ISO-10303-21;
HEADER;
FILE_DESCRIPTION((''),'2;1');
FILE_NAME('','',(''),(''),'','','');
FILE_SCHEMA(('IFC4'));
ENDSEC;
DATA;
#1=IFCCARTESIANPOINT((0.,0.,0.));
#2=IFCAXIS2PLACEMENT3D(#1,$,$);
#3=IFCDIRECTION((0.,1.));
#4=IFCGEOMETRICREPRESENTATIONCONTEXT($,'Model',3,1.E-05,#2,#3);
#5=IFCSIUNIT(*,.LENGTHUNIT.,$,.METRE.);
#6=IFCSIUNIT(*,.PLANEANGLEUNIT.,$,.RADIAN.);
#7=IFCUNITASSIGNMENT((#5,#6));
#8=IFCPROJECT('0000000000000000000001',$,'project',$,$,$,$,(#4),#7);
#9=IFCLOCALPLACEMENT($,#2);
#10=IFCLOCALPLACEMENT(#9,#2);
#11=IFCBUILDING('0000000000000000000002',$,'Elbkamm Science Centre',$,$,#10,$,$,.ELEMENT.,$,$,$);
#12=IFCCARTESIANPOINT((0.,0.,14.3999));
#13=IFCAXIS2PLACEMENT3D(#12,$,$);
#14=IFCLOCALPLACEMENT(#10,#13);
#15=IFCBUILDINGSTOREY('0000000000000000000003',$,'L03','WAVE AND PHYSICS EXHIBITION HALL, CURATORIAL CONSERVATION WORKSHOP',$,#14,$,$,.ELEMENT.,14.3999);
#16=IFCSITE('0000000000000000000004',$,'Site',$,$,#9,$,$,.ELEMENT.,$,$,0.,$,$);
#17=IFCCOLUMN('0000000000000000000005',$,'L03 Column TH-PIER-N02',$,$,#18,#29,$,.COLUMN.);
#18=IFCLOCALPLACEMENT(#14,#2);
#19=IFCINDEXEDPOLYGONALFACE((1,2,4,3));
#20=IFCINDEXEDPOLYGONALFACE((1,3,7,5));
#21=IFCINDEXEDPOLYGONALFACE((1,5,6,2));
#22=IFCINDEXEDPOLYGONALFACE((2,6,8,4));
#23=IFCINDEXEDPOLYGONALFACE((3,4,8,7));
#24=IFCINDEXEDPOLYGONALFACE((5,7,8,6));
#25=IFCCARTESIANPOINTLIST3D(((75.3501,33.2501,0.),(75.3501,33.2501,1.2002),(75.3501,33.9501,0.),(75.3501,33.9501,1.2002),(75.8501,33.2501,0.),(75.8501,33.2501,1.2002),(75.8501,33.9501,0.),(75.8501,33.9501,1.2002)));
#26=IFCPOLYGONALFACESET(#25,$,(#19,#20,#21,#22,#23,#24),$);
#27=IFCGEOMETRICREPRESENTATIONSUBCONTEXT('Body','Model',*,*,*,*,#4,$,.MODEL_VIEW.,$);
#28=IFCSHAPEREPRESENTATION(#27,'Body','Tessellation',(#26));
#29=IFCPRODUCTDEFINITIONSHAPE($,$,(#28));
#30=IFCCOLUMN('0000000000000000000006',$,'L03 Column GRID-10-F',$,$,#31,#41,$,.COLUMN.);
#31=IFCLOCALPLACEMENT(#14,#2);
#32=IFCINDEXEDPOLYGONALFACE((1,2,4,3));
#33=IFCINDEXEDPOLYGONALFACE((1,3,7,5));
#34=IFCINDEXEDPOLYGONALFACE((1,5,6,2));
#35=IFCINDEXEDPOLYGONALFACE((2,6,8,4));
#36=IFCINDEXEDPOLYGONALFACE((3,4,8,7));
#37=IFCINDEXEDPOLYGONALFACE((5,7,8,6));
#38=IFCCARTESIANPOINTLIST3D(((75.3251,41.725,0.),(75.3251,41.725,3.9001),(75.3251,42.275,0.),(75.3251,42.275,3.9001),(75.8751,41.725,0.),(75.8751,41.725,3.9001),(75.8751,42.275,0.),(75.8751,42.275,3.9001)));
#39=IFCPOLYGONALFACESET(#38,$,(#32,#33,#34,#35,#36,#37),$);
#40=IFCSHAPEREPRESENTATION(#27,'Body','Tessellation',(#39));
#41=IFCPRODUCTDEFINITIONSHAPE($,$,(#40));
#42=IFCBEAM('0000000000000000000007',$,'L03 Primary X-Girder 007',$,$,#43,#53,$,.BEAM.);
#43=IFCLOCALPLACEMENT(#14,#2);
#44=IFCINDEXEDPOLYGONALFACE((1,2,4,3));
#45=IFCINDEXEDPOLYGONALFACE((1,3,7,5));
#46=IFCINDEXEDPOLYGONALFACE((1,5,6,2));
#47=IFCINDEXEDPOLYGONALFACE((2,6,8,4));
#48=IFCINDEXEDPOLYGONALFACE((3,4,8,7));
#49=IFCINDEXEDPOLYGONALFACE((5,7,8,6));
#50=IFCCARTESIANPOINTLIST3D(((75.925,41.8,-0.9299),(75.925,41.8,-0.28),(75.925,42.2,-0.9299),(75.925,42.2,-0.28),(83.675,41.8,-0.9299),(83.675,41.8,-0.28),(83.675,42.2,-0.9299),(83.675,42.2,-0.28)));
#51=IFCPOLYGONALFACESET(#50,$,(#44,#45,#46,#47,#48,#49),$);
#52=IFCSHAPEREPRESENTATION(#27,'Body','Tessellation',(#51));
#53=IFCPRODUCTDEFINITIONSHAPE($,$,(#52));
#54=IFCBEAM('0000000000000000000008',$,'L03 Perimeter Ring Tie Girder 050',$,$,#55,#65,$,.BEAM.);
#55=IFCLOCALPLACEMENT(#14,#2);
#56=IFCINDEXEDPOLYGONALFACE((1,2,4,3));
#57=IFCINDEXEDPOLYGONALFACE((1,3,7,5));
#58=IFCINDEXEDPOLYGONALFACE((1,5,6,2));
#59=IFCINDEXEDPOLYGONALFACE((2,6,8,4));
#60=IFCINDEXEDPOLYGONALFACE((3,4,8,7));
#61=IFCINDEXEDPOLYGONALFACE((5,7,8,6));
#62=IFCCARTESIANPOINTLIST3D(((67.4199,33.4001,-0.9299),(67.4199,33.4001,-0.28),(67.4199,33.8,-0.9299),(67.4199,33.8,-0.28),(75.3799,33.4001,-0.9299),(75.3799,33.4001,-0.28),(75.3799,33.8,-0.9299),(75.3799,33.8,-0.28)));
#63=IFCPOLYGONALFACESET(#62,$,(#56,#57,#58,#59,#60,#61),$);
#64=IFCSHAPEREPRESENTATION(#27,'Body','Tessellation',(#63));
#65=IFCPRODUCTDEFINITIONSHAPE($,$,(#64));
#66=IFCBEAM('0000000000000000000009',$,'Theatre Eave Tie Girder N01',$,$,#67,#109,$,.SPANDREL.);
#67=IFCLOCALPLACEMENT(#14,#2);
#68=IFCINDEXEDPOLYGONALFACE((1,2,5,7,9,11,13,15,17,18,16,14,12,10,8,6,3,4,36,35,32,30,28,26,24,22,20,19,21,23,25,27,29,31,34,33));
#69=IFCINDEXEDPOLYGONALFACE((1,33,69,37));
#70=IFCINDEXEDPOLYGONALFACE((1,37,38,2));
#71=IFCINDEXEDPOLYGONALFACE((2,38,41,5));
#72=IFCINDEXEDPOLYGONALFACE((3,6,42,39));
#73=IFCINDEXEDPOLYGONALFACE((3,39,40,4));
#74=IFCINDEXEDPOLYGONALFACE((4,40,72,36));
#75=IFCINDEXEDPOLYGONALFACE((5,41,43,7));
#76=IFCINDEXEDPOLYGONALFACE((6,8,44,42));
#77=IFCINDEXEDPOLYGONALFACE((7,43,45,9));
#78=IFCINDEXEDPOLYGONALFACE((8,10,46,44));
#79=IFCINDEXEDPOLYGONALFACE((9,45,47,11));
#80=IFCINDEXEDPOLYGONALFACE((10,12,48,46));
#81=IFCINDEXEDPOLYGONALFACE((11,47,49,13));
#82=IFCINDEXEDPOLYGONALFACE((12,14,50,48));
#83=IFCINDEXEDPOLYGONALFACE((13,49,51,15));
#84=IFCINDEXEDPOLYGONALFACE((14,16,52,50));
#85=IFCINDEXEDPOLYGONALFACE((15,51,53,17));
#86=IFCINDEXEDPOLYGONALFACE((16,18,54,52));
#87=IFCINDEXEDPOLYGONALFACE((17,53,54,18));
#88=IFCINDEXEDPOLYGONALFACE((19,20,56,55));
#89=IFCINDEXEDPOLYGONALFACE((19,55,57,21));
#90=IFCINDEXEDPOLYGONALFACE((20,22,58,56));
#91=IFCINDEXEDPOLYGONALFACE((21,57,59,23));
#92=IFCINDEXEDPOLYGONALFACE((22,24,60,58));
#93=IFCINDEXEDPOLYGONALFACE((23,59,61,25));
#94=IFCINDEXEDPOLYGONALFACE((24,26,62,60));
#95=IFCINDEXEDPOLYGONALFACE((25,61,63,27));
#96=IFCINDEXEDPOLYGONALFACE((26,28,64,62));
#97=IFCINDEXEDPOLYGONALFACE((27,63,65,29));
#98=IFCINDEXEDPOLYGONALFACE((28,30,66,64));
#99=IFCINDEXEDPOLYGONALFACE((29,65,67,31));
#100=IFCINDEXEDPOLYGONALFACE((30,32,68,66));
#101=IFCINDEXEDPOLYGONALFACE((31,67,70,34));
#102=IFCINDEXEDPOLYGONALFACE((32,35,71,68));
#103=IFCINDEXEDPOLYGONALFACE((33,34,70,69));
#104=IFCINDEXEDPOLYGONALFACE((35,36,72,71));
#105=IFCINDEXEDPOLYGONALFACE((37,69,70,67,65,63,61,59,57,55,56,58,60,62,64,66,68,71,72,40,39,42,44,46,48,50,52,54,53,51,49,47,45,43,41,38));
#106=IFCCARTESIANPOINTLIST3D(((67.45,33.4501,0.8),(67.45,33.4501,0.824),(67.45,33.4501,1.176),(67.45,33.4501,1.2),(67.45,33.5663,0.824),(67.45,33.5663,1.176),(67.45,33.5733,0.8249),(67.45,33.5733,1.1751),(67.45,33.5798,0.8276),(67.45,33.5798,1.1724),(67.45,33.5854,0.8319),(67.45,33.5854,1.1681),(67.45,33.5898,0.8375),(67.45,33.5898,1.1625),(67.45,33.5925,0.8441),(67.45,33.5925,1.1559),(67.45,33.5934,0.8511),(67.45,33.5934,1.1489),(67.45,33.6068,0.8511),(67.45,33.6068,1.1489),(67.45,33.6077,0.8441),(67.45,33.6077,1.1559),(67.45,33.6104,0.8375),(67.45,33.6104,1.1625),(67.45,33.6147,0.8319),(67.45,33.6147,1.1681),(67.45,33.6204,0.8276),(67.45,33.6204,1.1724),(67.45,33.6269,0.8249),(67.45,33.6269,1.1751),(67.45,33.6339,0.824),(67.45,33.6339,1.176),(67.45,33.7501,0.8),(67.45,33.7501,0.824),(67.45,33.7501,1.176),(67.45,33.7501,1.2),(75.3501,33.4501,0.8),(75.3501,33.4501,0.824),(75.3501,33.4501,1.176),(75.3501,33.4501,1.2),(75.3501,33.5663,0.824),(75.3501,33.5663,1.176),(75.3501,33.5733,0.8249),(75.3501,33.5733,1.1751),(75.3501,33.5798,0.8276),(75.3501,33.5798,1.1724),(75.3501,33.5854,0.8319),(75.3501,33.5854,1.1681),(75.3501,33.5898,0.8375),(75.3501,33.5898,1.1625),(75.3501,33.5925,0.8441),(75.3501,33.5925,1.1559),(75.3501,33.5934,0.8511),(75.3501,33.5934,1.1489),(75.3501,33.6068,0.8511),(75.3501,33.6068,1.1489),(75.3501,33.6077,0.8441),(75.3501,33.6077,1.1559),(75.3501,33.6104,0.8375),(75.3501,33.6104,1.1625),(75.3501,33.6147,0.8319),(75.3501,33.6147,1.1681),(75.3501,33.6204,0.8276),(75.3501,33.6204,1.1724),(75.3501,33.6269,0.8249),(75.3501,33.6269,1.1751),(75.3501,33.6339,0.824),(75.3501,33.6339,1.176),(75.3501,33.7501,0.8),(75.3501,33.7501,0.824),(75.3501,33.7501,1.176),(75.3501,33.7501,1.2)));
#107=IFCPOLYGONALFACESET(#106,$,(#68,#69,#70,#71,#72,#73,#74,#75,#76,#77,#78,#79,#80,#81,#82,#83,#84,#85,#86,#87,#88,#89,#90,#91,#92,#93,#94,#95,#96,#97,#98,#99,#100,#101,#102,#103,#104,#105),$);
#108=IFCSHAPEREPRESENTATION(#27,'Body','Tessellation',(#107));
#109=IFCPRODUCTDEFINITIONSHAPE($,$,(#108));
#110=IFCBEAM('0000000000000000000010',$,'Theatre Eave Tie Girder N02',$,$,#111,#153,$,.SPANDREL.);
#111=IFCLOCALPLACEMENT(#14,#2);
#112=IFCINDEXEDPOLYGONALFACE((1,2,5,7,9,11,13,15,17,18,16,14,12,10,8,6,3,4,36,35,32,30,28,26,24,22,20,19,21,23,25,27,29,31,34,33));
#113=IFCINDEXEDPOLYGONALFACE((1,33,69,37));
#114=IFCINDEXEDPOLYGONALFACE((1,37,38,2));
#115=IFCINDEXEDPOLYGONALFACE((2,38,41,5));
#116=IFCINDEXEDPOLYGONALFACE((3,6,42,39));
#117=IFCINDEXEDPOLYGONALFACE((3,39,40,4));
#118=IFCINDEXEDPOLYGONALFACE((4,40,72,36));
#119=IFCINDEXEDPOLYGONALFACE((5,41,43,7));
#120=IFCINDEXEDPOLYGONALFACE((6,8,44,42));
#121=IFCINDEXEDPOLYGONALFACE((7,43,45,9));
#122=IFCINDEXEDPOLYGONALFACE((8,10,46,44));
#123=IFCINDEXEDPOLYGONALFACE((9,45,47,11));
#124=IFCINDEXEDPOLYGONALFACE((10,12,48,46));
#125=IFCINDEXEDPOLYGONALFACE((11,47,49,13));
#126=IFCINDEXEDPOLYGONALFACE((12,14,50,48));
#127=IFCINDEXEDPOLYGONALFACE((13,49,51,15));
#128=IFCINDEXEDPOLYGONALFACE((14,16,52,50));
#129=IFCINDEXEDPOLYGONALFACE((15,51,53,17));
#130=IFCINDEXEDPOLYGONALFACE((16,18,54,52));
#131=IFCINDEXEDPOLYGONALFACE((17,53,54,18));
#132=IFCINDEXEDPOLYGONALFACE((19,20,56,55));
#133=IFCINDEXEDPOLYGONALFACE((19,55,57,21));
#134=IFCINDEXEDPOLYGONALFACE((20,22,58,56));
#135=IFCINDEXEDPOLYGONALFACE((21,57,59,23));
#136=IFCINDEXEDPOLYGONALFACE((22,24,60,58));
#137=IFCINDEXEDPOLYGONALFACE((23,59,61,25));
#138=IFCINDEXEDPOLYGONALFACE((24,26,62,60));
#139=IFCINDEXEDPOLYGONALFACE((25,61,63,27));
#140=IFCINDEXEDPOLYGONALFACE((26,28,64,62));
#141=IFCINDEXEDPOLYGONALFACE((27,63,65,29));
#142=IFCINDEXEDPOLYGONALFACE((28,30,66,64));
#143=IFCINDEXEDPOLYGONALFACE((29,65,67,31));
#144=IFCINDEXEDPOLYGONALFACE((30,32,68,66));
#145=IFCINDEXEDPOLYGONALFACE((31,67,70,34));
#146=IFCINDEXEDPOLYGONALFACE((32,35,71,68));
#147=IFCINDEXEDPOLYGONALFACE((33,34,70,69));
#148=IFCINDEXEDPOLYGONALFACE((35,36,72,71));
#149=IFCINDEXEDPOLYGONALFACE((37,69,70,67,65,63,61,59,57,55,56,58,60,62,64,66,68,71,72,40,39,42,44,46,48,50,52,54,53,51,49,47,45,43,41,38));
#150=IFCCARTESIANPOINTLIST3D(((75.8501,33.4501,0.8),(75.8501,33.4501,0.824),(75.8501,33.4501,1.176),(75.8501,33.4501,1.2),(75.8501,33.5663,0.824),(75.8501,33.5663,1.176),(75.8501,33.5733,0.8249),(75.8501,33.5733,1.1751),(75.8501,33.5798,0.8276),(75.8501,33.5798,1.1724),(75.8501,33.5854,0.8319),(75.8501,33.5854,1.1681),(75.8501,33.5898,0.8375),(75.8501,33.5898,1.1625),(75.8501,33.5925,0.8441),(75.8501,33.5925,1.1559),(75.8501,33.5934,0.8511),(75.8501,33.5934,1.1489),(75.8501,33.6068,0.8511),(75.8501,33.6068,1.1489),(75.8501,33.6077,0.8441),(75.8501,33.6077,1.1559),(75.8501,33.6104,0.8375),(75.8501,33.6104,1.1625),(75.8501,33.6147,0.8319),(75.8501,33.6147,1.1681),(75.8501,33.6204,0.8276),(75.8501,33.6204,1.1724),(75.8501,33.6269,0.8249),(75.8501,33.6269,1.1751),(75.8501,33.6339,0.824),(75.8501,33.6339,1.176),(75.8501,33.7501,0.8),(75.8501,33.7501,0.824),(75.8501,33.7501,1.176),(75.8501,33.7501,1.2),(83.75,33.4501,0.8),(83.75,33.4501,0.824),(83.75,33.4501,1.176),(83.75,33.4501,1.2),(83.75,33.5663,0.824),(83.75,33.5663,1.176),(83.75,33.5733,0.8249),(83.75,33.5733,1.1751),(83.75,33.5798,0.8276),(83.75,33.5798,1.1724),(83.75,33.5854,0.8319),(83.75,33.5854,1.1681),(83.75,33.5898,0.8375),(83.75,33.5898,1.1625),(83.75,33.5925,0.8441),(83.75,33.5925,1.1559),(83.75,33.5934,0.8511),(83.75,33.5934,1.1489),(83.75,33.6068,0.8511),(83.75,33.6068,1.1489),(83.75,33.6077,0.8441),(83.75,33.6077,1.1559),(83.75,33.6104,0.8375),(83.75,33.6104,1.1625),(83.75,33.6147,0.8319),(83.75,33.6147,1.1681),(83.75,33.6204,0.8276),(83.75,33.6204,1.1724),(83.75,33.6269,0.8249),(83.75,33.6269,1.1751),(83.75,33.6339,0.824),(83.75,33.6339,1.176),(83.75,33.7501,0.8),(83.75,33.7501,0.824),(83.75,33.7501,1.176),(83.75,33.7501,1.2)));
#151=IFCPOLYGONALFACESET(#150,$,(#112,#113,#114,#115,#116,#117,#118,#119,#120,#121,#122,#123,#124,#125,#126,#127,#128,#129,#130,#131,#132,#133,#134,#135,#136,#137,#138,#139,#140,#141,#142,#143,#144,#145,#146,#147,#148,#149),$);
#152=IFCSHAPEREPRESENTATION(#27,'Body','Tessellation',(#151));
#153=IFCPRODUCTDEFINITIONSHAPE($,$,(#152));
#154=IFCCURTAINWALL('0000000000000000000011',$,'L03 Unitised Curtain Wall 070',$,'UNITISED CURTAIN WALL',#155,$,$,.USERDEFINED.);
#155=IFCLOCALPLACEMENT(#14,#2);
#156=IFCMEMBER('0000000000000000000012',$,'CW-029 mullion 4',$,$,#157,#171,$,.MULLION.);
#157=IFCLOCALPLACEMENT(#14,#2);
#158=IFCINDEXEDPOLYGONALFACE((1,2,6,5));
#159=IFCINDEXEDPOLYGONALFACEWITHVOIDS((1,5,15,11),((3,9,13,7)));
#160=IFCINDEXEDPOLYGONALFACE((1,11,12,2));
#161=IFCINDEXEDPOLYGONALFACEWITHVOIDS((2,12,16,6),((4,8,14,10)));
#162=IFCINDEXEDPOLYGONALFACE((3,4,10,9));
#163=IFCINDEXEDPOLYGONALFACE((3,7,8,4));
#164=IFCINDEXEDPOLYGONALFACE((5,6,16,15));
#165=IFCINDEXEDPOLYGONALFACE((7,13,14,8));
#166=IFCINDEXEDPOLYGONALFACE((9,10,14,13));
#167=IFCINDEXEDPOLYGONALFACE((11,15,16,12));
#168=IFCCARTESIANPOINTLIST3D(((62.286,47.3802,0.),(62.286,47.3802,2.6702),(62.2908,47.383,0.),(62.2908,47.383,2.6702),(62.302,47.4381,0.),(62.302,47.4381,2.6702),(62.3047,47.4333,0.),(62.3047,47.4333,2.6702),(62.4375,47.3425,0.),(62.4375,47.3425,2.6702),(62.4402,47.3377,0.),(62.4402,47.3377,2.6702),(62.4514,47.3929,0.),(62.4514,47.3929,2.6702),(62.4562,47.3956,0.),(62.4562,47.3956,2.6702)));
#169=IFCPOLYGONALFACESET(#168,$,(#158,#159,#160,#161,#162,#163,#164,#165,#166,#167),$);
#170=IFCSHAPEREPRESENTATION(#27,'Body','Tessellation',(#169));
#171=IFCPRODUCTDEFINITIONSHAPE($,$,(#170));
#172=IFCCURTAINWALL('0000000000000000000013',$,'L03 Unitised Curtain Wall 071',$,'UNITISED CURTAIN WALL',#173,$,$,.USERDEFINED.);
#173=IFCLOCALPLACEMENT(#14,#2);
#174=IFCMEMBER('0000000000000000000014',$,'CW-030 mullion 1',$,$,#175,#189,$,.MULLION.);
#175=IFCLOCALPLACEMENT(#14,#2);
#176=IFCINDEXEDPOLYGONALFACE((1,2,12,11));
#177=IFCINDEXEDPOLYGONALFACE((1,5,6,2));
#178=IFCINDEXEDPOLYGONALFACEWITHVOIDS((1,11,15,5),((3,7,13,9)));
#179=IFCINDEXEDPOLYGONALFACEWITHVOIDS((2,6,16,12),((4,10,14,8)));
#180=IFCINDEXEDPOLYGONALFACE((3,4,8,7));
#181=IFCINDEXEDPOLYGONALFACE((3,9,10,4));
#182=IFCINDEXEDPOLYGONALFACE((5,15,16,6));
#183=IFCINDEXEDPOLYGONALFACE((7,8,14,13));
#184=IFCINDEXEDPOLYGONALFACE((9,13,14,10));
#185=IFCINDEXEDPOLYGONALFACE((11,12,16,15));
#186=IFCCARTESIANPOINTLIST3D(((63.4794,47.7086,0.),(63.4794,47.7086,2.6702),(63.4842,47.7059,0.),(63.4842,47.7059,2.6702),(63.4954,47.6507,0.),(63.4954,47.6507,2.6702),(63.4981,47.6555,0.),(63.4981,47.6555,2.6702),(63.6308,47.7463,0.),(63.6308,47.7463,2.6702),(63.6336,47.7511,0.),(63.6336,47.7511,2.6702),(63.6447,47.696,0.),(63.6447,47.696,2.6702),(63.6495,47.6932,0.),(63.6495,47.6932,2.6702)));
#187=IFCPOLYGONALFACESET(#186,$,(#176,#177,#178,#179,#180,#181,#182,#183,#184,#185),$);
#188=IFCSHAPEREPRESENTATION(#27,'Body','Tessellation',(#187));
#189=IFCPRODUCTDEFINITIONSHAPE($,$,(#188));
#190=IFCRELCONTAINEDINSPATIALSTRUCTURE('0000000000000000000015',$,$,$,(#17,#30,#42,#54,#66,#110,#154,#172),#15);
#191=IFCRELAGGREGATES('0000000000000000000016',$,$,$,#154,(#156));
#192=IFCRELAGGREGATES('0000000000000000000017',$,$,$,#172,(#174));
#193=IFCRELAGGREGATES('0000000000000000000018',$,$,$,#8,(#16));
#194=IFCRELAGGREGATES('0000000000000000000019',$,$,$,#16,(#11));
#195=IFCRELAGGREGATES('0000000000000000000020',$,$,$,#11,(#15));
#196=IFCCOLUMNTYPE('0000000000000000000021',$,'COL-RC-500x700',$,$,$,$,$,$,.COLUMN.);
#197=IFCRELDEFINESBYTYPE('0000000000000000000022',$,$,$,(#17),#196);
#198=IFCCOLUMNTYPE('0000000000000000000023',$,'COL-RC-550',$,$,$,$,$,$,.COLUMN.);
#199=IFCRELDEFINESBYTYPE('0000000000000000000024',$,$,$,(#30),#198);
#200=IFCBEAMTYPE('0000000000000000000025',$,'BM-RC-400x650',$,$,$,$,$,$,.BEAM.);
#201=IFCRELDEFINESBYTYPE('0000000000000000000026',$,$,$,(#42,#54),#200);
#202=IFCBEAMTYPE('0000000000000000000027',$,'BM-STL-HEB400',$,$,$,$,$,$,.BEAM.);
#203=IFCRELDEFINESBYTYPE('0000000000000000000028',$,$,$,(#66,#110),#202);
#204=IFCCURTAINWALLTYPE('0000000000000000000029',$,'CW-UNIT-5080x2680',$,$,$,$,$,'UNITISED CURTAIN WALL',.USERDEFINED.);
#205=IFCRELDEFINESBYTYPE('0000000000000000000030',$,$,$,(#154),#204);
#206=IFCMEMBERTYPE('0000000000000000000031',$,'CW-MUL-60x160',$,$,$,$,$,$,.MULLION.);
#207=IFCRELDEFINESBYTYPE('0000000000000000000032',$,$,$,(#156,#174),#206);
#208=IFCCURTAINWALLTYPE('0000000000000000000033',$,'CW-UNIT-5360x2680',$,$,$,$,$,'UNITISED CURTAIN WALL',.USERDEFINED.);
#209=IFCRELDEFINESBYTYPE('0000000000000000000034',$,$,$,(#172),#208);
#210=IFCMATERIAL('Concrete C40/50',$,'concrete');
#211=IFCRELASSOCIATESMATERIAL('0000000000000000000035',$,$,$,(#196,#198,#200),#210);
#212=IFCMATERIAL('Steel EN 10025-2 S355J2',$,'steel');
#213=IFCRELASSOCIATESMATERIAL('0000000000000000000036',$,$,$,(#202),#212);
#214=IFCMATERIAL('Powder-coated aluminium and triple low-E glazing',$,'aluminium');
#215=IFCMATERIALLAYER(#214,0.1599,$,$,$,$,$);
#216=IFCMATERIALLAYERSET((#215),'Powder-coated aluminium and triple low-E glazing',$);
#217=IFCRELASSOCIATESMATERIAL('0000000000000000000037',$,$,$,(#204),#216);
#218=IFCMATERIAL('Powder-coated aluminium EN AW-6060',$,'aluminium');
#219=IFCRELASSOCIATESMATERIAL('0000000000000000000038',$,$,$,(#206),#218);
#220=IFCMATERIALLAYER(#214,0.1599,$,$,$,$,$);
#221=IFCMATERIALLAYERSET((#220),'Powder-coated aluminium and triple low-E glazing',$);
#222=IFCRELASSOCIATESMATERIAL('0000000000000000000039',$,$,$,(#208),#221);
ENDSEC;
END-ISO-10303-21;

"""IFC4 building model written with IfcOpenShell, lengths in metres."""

from ifc_helpers import new_model, si_unit, direction, frame, origin, origin_2d, place, context, subcontext, project, spatial, rectangle, hollow_rectangle, i_section, extrude, material, layer, layer_set, material_profile, profile_set, type_object, element, aggregate, save


model = new_model("IFC4")

# Units and contexts
model_context = context("Model", 3, precision=1e-05, world=origin(), true_north=direction((0.0, 1.0)))
body_context = subcontext(model_context, "Body", "Model", "MODEL_VIEW")
ifc_project = project(units=[si_unit("LENGTHUNIT", "METRE"), si_unit("PLANEANGLEUNIT", "RADIAN")], contexts=[model_context])

# Site, building, storey
site_placement = place(None, origin())
site = spatial("IfcSite", under=ifc_project, at=site_placement, Name="Site", CompositionType="ELEMENT", RefElevation=0.0)
building_placement = place(site_placement, origin())
building = spatial("IfcBuilding", under=site, at=building_placement, Name="Elbkamm Science Centre", CompositionType="ELEMENT")
storey_placement = place(building_placement, frame((0.0, 0.0, 14.3999)))
storey = spatial("IfcBuildingStorey", under=building, at=storey_placement, Name="L03", Description="WAVE AND PHYSICS EXHIBITION HALL, CURATORIAL CONSERVATION WORKSHOP", CompositionType="ELEMENT", Elevation=14.3999)

# Columns
ifc_material_1 = material(Name="Concrete C40/50", Category="concrete")
ifc_material_profile_1 = material_profile(ifc_material_1, rectangle(XDim=0.5, YDim=0.7, at=origin_2d()), Name="RC 500x700")
ifc_profile_set_1 = profile_set([ifc_material_profile_1], Name="Concrete C40/50")
column_type_1 = type_object("IfcColumnType", Name="COL-RC-500x700", PredefinedType="COLUMN", material=ifc_profile_set_1)
column_1_placement = place(storey_placement, frame((75.6001, 33.6001, 0.0), z_axis=(0.0, 0.0, 1.0), x_axis=(1.0, 0.0, 0.0)))
element("IfcColumn", 1, at=column_1_placement, inside=storey, type_object=column_type_1, Name="L03 Column TH-PIER-N02", PredefinedType="COLUMN", context=body_context, shape_type="SweptSolid", body=[
    extrude(rectangle(XDim=0.5, YDim=0.7, at=origin_2d()), origin(), (0.0, 0.0, 1.0), 1.2002),
])
ifc_material_profile_2 = material_profile(ifc_material_1, rectangle(XDim=0.55, YDim=0.55, at=origin_2d()), Name="RC 550x550")
ifc_profile_set_2 = profile_set([ifc_material_profile_2], Name="Concrete C40/50")
column_type_2 = type_object("IfcColumnType", Name="COL-RC-550", PredefinedType="COLUMN", material=ifc_profile_set_2)
column_2_placement = place(storey_placement, frame((75.6001, 42.0, 0.0), z_axis=(0.0, 0.0, 1.0), x_axis=(1.0, 0.0, 0.0)))
element("IfcColumn", 2, at=column_2_placement, inside=storey, type_object=column_type_2, Name="L03 Column GRID-10-F", PredefinedType="COLUMN", context=body_context, shape_type="SweptSolid", body=[
    extrude(rectangle(XDim=0.55, YDim=0.55, at=origin_2d()), origin(), (0.0, 0.0, 1.0), 3.9001),
])

# Beams
ifc_material_profile_3 = material_profile(ifc_material_1, rectangle(XDim=0.3999, YDim=0.6499, at=origin_2d()), Name="RC 400x650")
ifc_profile_set_3 = profile_set([ifc_material_profile_3], Name="Concrete C40/50")
beam_type_1 = type_object("IfcBeamType", Name="BM-RC-400x650", PredefinedType="BEAM", material=ifc_profile_set_3)
beam_1_placement = place(storey_placement, frame((75.925, 42.0, -0.605), z_axis=(1.0, 0.0, 0.0), x_axis=(0.0, 1.0, 0.0)))
element("IfcBeam", 3, at=beam_1_placement, inside=storey, type_object=beam_type_1, Name="L03 Primary X-Girder 007", PredefinedType="BEAM", context=body_context, shape_type="SweptSolid", body=[
    extrude(rectangle(XDim=0.3999, YDim=0.6499, at=origin_2d()), origin(), (0.0, 0.0, 1.0), 7.75),
])
beam_2_placement = place(storey_placement, frame((67.4199, 33.6001, -0.605), z_axis=(1.0, 0.0, 0.0), x_axis=(0.0, 1.0, 0.0)))
element("IfcBeam", 4, at=beam_2_placement, inside=storey, type_object=beam_type_1, Name="L03 Perimeter Ring Tie Girder 050", PredefinedType="BEAM", context=body_context, shape_type="SweptSolid", body=[
    extrude(rectangle(XDim=0.3999, YDim=0.6499, at=origin_2d()), origin(), (0.0, 0.0, 1.0), 7.96),
])
ifc_material_2 = material(Name="Steel EN 10025-2 S355J2", Category="steel")
ifc_material_profile_4 = material_profile(ifc_material_2, i_section(OverallWidth=0.3, OverallDepth=0.3999, WebThickness=0.0134, FlangeThickness=0.0239, FilletRadius=0.0271, at=origin_2d()), Name="HEB 400")
ifc_profile_set_4 = profile_set([ifc_material_profile_4], Name="Steel EN 10025-2 S355J2")
beam_type_2 = type_object("IfcBeamType", Name="BM-STL-HEB400", PredefinedType="BEAM", material=ifc_profile_set_4)
beam_3_placement = place(storey_placement, frame((67.45, 33.6001, 1.0), z_axis=(1.0, 0.0, 0.0), x_axis=(0.0, 1.0, 0.0)))
element("IfcBeam", 5, at=beam_3_placement, inside=storey, type_object=beam_type_2, Name="Theatre Eave Tie Girder N01", PredefinedType="SPANDREL", context=body_context, shape_type="SweptSolid", body=[
    extrude(i_section(OverallWidth=0.3, OverallDepth=0.3999, WebThickness=0.0134, FlangeThickness=0.0239, FilletRadius=0.0271, at=origin_2d()), origin(), (0.0, 0.0, 1.0), 7.9001),
])
beam_4_placement = place(storey_placement, frame((75.8501, 33.6001, 1.0), z_axis=(1.0, 0.0, 0.0), x_axis=(0.0, 1.0, 0.0)))
element("IfcBeam", 6, at=beam_4_placement, inside=storey, type_object=beam_type_2, Name="Theatre Eave Tie Girder N02", PredefinedType="SPANDREL", context=body_context, shape_type="SweptSolid", body=[
    extrude(i_section(OverallWidth=0.3, OverallDepth=0.3999, WebThickness=0.0134, FlangeThickness=0.0239, FilletRadius=0.0271, at=origin_2d()), origin(), (0.0, 0.0, 1.0), 7.8999),
])

# Curtain wall, member
ifc_material_3 = material(Name="Powder-coated aluminium and triple low-E glazing", Category="aluminium")
ifc_layer_1 = layer(ifc_material_3, 0.1599)
ifc_layer_set_1 = layer_set([ifc_layer_1], Name="Powder-coated aluminium and triple low-E glazing")
curtain_wall_type_1 = type_object("IfcCurtainWallType", Name="CW-UNIT-5080x2680", ElementType="UNITISED CURTAIN WALL", PredefinedType="USERDEFINED", material=ifc_layer_set_1)
curtain_wall_1_placement = place(storey_placement, origin())
curtain_wall_1 = element("IfcCurtainWall", 7, at=curtain_wall_1_placement, inside=storey, type_object=curtain_wall_type_1, Name="L03 Unitised Curtain Wall 070", ObjectType="UNITISED CURTAIN WALL", PredefinedType="USERDEFINED")
ifc_material_4 = material(Name="Powder-coated aluminium EN AW-6060", Category="aluminium")
ifc_material_profile_5 = material_profile(ifc_material_4, hollow_rectangle(XDim=0.0601, YDim=0.1599, WallThickness=0.0039, at=origin_2d()), Name="ALU M60x160")
ifc_profile_set_5 = profile_set([ifc_material_profile_5], Name="Powder-coated aluminium EN AW-6060")
member_type_1 = type_object("IfcMemberType", Name="CW-MUL-60x160", PredefinedType="MULLION", material=ifc_profile_set_5)
member_1_placement = place(storey_placement, frame((62.3711, 47.3879, 0.0), z_axis=(0.0, 0.0, 1.0), x_axis=(0.265718, 0.964051, 0.0)))
member_1 = element("IfcMember", 8, at=member_1_placement, type_object=member_type_1, Name="CW-029 mullion 4", PredefinedType="MULLION", context=body_context, shape_type="SweptSolid", body=[
    extrude(hollow_rectangle(XDim=0.0601, YDim=0.1599, WallThickness=0.0039, at=origin_2d()), origin(), (0.0, 0.0, 1.0), 2.6702),
])
aggregate(curtain_wall_1, [member_1])

# Curtain wall, member
ifc_layer_2 = layer(ifc_material_3, 0.1599)
ifc_layer_set_2 = layer_set([ifc_layer_2], Name="Powder-coated aluminium and triple low-E glazing")
curtain_wall_type_2 = type_object("IfcCurtainWallType", Name="CW-UNIT-5360x2680", ElementType="UNITISED CURTAIN WALL", PredefinedType="USERDEFINED", material=ifc_layer_set_2)
curtain_wall_2_placement = place(storey_placement, origin())
curtain_wall_2 = element("IfcCurtainWall", 9, at=curtain_wall_2_placement, inside=storey, type_object=curtain_wall_type_2, Name="L03 Unitised Curtain Wall 071", ObjectType="UNITISED CURTAIN WALL", PredefinedType="USERDEFINED")
member_2_placement = place(storey_placement, frame((63.5645, 47.7009, 0.0), z_axis=(0.0, 0.0, 1.0), x_axis=(-0.26573, 0.964048, 0.0)))
member_2 = element("IfcMember", 10, at=member_2_placement, type_object=member_type_1, Name="CW-030 mullion 1", PredefinedType="MULLION", context=body_context, shape_type="SweptSolid", body=[
    extrude(hollow_rectangle(XDim=0.0601, YDim=0.1599, WallThickness=0.0039, at=origin_2d()), origin(), (0.0, 0.0, 1.0), 2.6702),
])
aggregate(curtain_wall_2, [member_2])

save(model, "model.ifc")
